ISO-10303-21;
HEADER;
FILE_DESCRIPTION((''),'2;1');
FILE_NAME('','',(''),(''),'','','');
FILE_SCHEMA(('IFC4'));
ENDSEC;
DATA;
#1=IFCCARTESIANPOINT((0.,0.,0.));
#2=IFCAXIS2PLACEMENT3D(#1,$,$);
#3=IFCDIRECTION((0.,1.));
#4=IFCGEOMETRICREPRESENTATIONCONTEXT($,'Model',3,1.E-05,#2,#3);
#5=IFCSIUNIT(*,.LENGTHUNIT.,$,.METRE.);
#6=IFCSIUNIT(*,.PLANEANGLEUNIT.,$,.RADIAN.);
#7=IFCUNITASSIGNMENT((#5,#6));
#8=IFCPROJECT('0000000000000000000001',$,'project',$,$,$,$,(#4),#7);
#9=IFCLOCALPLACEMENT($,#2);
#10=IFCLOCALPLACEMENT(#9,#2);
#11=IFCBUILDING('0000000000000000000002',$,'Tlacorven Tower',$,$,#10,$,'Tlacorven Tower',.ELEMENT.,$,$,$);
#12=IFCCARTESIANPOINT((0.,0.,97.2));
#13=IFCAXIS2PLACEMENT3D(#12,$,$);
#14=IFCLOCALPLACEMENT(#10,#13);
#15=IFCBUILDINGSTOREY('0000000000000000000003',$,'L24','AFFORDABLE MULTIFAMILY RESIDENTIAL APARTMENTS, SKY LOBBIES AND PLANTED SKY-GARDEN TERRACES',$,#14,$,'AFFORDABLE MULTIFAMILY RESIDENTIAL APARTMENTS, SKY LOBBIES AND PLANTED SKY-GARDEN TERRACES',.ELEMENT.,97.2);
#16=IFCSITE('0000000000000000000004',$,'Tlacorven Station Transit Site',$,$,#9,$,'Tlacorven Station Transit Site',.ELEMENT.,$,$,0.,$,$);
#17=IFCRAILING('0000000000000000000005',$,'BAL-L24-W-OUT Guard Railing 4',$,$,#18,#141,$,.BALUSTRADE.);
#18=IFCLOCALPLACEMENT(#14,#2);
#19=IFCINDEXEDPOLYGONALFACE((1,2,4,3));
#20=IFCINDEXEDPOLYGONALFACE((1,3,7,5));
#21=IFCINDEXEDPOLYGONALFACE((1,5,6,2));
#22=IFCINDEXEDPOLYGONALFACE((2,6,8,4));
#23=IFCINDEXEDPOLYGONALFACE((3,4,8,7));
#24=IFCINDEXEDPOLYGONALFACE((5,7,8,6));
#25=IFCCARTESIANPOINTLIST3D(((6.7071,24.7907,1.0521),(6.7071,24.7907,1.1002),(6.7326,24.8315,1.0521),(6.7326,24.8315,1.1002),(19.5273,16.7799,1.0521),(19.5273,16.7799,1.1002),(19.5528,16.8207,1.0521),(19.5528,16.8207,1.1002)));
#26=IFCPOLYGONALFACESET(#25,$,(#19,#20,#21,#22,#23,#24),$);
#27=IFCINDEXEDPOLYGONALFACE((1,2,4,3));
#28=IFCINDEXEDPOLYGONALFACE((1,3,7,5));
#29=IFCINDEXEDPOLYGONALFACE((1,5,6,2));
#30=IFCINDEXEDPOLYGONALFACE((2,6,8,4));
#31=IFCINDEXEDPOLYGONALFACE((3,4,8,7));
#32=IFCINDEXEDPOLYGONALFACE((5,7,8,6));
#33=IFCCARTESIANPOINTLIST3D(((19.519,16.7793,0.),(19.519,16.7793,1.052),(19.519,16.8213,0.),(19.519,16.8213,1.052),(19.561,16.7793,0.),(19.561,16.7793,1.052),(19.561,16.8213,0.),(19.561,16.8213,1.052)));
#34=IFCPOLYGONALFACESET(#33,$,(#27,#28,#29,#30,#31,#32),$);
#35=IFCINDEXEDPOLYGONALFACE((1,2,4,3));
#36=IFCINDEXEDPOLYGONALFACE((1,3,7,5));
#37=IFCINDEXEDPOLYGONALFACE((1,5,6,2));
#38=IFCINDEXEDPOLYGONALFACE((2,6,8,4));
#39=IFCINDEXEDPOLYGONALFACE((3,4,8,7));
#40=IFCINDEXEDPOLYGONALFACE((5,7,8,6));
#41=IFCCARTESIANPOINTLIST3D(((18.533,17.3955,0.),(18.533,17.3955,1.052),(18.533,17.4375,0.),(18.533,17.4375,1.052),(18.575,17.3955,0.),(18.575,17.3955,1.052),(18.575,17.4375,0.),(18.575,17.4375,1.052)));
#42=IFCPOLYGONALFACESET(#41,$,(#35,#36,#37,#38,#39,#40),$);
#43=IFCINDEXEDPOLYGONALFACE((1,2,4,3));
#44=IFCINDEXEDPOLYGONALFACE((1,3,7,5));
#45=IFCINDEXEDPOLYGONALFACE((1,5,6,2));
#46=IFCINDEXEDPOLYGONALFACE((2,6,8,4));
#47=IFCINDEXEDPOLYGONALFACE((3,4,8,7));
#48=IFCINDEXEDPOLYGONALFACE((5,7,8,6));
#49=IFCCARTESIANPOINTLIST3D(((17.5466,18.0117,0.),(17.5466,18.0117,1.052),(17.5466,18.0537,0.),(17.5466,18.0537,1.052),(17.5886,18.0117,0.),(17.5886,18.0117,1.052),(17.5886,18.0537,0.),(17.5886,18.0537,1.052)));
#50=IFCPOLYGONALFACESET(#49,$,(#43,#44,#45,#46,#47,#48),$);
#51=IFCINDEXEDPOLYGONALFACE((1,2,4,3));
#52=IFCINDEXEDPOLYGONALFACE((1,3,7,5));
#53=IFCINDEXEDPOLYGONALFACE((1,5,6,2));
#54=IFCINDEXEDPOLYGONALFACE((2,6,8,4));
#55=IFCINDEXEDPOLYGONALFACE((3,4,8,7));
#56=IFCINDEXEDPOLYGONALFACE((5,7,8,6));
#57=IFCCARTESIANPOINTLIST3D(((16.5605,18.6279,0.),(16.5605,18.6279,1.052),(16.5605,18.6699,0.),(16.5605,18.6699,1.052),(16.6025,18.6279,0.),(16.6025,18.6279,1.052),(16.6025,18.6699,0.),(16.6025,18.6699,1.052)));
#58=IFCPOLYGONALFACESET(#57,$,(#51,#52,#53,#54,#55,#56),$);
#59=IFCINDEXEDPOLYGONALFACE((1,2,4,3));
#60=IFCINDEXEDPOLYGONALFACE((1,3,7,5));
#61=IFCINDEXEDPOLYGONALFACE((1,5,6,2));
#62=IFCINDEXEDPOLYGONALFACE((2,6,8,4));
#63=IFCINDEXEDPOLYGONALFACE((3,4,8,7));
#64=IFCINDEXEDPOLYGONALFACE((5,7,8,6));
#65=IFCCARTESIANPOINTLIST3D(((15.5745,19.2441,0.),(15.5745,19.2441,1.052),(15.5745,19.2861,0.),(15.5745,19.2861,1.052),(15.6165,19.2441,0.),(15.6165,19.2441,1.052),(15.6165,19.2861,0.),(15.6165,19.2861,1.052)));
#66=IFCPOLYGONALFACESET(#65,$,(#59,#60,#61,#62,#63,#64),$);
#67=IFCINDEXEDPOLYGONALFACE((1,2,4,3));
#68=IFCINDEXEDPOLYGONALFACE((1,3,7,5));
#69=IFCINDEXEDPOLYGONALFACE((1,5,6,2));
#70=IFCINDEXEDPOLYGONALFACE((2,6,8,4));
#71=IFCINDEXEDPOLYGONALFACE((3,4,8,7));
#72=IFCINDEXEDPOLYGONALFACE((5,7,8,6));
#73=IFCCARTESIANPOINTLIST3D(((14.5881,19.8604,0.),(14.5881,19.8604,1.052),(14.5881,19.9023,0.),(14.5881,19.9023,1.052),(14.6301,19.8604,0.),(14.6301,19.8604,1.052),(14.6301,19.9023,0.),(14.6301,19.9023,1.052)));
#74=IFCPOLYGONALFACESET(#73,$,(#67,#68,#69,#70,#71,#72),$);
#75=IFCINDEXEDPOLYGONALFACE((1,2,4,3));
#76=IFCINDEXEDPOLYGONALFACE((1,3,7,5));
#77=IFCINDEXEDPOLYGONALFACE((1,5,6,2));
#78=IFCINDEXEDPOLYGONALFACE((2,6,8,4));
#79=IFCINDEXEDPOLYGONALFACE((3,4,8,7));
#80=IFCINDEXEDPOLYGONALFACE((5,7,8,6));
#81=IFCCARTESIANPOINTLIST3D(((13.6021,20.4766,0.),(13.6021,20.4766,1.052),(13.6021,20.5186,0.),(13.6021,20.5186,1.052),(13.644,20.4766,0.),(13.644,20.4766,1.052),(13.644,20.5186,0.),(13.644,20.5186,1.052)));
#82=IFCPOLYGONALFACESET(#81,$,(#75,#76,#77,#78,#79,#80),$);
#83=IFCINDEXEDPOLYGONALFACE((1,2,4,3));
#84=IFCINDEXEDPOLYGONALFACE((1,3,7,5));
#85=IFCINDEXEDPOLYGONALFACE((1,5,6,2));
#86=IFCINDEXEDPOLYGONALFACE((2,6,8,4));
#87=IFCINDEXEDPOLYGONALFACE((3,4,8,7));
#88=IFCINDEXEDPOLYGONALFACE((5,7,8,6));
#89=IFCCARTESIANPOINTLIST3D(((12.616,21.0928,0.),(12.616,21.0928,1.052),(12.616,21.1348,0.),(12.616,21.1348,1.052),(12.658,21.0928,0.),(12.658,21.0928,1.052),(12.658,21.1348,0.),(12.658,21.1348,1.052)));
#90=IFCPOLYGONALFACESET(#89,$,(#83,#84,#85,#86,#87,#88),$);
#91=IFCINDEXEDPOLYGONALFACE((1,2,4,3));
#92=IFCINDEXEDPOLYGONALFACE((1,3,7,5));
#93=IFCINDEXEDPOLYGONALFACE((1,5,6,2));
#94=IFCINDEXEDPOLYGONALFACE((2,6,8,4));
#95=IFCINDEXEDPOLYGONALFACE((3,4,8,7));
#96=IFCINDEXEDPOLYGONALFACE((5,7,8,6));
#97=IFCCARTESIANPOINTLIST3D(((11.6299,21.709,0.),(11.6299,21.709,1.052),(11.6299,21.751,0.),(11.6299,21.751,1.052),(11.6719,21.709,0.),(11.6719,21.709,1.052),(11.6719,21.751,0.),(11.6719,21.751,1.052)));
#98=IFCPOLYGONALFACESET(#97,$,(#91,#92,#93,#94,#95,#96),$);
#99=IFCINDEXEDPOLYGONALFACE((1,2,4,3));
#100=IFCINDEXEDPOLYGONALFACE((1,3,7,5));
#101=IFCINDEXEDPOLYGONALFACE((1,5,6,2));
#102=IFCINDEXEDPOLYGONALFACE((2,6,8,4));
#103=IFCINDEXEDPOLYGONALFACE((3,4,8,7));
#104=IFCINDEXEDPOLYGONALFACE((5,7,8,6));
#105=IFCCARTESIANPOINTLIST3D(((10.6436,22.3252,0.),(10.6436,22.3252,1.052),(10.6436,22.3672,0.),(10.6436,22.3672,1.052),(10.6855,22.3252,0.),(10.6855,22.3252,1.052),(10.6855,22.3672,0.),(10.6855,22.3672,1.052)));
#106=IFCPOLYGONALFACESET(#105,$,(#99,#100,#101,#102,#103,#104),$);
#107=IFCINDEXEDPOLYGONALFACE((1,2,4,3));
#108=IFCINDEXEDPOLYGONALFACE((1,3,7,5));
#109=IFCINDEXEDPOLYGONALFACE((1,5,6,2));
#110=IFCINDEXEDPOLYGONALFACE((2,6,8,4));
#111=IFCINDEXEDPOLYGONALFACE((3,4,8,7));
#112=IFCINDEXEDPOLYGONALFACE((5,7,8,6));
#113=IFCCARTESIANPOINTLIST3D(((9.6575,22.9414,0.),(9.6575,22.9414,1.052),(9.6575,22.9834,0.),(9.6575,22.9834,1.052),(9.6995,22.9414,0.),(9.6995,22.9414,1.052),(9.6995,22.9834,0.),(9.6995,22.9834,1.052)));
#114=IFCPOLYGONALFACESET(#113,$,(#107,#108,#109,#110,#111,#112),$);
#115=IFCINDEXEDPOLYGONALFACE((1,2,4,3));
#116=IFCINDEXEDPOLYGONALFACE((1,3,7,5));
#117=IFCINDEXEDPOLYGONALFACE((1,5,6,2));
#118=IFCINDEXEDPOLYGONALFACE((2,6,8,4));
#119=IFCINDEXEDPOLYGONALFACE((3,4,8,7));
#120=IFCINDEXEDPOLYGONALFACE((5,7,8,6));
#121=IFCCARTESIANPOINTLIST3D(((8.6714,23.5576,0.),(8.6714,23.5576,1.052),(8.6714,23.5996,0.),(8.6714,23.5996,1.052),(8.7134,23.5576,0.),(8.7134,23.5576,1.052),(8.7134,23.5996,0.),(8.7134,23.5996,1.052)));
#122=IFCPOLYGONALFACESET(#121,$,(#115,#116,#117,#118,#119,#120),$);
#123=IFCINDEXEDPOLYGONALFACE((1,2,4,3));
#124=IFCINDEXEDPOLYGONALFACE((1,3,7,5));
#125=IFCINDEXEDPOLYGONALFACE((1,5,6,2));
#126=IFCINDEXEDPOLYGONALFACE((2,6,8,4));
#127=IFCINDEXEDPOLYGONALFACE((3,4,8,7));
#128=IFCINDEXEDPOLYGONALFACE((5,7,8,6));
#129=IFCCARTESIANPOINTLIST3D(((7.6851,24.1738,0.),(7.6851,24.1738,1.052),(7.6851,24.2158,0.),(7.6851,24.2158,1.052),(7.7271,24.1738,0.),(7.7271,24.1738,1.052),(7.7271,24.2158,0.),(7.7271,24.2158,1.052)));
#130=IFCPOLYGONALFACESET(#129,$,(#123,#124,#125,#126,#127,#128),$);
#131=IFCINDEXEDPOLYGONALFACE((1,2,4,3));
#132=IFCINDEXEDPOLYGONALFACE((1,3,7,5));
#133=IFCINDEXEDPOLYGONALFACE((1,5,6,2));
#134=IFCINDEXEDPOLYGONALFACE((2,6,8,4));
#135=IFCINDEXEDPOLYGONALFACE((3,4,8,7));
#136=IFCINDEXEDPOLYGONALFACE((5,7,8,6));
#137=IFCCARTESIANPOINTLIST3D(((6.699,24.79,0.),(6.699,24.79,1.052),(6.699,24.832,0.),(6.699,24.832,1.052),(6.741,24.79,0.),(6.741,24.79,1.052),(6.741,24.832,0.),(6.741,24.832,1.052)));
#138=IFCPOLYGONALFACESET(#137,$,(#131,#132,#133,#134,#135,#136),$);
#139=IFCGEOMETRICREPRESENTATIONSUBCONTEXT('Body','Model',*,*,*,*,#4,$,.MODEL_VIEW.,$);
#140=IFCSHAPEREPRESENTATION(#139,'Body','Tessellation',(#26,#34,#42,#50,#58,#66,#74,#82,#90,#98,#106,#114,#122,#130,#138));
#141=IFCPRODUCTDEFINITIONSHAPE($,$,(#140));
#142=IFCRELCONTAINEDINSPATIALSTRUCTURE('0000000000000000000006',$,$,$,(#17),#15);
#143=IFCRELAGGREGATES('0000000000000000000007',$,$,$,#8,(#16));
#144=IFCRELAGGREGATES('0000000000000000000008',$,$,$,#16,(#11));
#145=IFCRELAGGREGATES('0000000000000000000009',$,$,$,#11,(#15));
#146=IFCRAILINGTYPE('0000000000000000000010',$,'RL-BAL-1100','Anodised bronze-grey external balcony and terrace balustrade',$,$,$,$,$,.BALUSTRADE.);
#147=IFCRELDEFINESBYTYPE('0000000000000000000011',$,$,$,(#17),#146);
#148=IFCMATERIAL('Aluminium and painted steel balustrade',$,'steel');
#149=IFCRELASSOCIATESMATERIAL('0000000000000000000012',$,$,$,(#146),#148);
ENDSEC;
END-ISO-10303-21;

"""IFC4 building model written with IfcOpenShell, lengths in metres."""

from ifc_helpers import new_model, si_unit, direction, frame, origin, origin_2d, place, context, subcontext, project, spatial, rectangle, extrude, source, transform, mapped, material, type_object, element, save


model = new_model("IFC4")

# Units and contexts
model_context = context("Model", 3, precision=1e-05, world=origin(), true_north=direction((0.0, 1.0)))
body_context = subcontext(model_context, "Body", "Model", "MODEL_VIEW")
ifc_project = project(units=[si_unit("LENGTHUNIT", "METRE"), si_unit("PLANEANGLEUNIT", "RADIAN")], contexts=[model_context])

# Site, building, storey
site_placement = place(None, origin())
site = spatial("IfcSite", under=ifc_project, at=site_placement, Name="Tlacorven Station Transit Site", LongName="Tlacorven Station Transit Site", CompositionType="ELEMENT", RefElevation=0.0)
building_placement = place(site_placement, origin())
building = spatial("IfcBuilding", under=site, at=building_placement, Name="Tlacorven Tower", LongName="Tlacorven Tower", CompositionType="ELEMENT")
storey_placement = place(building_placement, frame((0.0, 0.0, 97.2)))
storey = spatial("IfcBuildingStorey", under=building, at=storey_placement, Name="L24", Description="AFFORDABLE MULTIFAMILY RESIDENTIAL APARTMENTS, SKY LOBBIES AND PLANTED SKY-GARDEN TERRACES", LongName="AFFORDABLE MULTIFAMILY RESIDENTIAL APARTMENTS, SKY LOBBIES AND PLANTED SKY-GARDEN TERRACES", CompositionType="ELEMENT", Elevation=97.2)

# Shared definitions
ifc_material_1 = material(Name="Aluminium and painted steel balustrade", Category="steel")
railing_type = type_object("IfcRailingType", Name="RL-BAL-1100", Description="Anodised bronze-grey external balcony and terrace balustrade", PredefinedType="BALUSTRADE", material=ifc_material_1)

# Railing
shared_shape_1 = source(origin(), body_context, "Body", "SweptSolid", [
    extrude(rectangle(XDim=0.0481, YDim=0.0481, at=origin_2d()), frame((0.0, 0.0, 1.0762), z_axis=(-0.848052, 0.529913, 0.0), x_axis=(-0.529913, -0.848052, 0.0)), (0.0, 0.0, 1.0), 15.1172),
    extrude(rectangle(XDim=0.042, YDim=0.042, at=origin_2d()), origin(), (0.0, 0.0, 1.0), 1.052),
    extrude(rectangle(XDim=0.042, YDim=0.042, at=origin_2d()), frame((-0.9861, 0.6162, 0.0)), (0.0, 0.0, 1.0), 1.052),
    extrude(rectangle(XDim=0.042, YDim=0.042, at=origin_2d()), frame((-1.9724, 1.2324, 0.0)), (0.0, 0.0, 1.0), 1.052),
    extrude(rectangle(XDim=0.042, YDim=0.042, at=origin_2d()), frame((-2.9585, 1.8486, 0.0)), (0.0, 0.0, 1.0), 1.052),
    extrude(rectangle(XDim=0.042, YDim=0.042, at=origin_2d()), frame((-3.9446, 2.4648, 0.0)), (0.0, 0.0, 1.0), 1.052),
    extrude(rectangle(XDim=0.042, YDim=0.042, at=origin_2d()), frame((-4.9309, 3.0811, 0.0)), (0.0, 0.0, 1.0), 1.052),
    extrude(rectangle(XDim=0.042, YDim=0.042, at=origin_2d()), frame((-5.917, 3.6973, 0.0)), (0.0, 0.0, 1.0), 1.052),
    extrude(rectangle(XDim=0.042, YDim=0.042, at=origin_2d()), frame((-6.9031, 4.3135, 0.0)), (0.0, 0.0, 1.0), 1.052),
    extrude(rectangle(XDim=0.042, YDim=0.042, at=origin_2d()), frame((-7.8892, 4.9297, 0.0)), (0.0, 0.0, 1.0), 1.052),
    extrude(rectangle(XDim=0.042, YDim=0.042, at=origin_2d()), frame((-8.8755, 5.5459, 0.0)), (0.0, 0.0, 1.0), 1.052),
    extrude(rectangle(XDim=0.042, YDim=0.042, at=origin_2d()), frame((-9.8616, 6.1621, 0.0)), (0.0, 0.0, 1.0), 1.052),
    extrude(rectangle(XDim=0.042, YDim=0.042, at=origin_2d()), frame((-10.8477, 6.7783, 0.0)), (0.0, 0.0, 1.0), 1.052),
    extrude(rectangle(XDim=0.042, YDim=0.042, at=origin_2d()), frame((-11.834, 7.3945, 0.0)), (0.0, 0.0, 1.0), 1.052),
    extrude(rectangle(XDim=0.042, YDim=0.042, at=origin_2d()), frame((-12.8201, 8.0107, 0.0)), (0.0, 0.0, 1.0), 1.052),
])
railing_1_placement = place(storey_placement, frame((19.54, 16.8003, 0.0)))
element("IfcRailing", 1, at=railing_1_placement, inside=storey, type_object=railing_type, Name="BAL-L24-W-OUT Guard Railing 4", PredefinedType="BALUSTRADE", context=body_context, shape_type="MappedRepresentation", body=[
    mapped(shared_shape_1, transform((0.0, 0.0, 0.0), scale=1.0)),
])

save(model, "model.ifc")
